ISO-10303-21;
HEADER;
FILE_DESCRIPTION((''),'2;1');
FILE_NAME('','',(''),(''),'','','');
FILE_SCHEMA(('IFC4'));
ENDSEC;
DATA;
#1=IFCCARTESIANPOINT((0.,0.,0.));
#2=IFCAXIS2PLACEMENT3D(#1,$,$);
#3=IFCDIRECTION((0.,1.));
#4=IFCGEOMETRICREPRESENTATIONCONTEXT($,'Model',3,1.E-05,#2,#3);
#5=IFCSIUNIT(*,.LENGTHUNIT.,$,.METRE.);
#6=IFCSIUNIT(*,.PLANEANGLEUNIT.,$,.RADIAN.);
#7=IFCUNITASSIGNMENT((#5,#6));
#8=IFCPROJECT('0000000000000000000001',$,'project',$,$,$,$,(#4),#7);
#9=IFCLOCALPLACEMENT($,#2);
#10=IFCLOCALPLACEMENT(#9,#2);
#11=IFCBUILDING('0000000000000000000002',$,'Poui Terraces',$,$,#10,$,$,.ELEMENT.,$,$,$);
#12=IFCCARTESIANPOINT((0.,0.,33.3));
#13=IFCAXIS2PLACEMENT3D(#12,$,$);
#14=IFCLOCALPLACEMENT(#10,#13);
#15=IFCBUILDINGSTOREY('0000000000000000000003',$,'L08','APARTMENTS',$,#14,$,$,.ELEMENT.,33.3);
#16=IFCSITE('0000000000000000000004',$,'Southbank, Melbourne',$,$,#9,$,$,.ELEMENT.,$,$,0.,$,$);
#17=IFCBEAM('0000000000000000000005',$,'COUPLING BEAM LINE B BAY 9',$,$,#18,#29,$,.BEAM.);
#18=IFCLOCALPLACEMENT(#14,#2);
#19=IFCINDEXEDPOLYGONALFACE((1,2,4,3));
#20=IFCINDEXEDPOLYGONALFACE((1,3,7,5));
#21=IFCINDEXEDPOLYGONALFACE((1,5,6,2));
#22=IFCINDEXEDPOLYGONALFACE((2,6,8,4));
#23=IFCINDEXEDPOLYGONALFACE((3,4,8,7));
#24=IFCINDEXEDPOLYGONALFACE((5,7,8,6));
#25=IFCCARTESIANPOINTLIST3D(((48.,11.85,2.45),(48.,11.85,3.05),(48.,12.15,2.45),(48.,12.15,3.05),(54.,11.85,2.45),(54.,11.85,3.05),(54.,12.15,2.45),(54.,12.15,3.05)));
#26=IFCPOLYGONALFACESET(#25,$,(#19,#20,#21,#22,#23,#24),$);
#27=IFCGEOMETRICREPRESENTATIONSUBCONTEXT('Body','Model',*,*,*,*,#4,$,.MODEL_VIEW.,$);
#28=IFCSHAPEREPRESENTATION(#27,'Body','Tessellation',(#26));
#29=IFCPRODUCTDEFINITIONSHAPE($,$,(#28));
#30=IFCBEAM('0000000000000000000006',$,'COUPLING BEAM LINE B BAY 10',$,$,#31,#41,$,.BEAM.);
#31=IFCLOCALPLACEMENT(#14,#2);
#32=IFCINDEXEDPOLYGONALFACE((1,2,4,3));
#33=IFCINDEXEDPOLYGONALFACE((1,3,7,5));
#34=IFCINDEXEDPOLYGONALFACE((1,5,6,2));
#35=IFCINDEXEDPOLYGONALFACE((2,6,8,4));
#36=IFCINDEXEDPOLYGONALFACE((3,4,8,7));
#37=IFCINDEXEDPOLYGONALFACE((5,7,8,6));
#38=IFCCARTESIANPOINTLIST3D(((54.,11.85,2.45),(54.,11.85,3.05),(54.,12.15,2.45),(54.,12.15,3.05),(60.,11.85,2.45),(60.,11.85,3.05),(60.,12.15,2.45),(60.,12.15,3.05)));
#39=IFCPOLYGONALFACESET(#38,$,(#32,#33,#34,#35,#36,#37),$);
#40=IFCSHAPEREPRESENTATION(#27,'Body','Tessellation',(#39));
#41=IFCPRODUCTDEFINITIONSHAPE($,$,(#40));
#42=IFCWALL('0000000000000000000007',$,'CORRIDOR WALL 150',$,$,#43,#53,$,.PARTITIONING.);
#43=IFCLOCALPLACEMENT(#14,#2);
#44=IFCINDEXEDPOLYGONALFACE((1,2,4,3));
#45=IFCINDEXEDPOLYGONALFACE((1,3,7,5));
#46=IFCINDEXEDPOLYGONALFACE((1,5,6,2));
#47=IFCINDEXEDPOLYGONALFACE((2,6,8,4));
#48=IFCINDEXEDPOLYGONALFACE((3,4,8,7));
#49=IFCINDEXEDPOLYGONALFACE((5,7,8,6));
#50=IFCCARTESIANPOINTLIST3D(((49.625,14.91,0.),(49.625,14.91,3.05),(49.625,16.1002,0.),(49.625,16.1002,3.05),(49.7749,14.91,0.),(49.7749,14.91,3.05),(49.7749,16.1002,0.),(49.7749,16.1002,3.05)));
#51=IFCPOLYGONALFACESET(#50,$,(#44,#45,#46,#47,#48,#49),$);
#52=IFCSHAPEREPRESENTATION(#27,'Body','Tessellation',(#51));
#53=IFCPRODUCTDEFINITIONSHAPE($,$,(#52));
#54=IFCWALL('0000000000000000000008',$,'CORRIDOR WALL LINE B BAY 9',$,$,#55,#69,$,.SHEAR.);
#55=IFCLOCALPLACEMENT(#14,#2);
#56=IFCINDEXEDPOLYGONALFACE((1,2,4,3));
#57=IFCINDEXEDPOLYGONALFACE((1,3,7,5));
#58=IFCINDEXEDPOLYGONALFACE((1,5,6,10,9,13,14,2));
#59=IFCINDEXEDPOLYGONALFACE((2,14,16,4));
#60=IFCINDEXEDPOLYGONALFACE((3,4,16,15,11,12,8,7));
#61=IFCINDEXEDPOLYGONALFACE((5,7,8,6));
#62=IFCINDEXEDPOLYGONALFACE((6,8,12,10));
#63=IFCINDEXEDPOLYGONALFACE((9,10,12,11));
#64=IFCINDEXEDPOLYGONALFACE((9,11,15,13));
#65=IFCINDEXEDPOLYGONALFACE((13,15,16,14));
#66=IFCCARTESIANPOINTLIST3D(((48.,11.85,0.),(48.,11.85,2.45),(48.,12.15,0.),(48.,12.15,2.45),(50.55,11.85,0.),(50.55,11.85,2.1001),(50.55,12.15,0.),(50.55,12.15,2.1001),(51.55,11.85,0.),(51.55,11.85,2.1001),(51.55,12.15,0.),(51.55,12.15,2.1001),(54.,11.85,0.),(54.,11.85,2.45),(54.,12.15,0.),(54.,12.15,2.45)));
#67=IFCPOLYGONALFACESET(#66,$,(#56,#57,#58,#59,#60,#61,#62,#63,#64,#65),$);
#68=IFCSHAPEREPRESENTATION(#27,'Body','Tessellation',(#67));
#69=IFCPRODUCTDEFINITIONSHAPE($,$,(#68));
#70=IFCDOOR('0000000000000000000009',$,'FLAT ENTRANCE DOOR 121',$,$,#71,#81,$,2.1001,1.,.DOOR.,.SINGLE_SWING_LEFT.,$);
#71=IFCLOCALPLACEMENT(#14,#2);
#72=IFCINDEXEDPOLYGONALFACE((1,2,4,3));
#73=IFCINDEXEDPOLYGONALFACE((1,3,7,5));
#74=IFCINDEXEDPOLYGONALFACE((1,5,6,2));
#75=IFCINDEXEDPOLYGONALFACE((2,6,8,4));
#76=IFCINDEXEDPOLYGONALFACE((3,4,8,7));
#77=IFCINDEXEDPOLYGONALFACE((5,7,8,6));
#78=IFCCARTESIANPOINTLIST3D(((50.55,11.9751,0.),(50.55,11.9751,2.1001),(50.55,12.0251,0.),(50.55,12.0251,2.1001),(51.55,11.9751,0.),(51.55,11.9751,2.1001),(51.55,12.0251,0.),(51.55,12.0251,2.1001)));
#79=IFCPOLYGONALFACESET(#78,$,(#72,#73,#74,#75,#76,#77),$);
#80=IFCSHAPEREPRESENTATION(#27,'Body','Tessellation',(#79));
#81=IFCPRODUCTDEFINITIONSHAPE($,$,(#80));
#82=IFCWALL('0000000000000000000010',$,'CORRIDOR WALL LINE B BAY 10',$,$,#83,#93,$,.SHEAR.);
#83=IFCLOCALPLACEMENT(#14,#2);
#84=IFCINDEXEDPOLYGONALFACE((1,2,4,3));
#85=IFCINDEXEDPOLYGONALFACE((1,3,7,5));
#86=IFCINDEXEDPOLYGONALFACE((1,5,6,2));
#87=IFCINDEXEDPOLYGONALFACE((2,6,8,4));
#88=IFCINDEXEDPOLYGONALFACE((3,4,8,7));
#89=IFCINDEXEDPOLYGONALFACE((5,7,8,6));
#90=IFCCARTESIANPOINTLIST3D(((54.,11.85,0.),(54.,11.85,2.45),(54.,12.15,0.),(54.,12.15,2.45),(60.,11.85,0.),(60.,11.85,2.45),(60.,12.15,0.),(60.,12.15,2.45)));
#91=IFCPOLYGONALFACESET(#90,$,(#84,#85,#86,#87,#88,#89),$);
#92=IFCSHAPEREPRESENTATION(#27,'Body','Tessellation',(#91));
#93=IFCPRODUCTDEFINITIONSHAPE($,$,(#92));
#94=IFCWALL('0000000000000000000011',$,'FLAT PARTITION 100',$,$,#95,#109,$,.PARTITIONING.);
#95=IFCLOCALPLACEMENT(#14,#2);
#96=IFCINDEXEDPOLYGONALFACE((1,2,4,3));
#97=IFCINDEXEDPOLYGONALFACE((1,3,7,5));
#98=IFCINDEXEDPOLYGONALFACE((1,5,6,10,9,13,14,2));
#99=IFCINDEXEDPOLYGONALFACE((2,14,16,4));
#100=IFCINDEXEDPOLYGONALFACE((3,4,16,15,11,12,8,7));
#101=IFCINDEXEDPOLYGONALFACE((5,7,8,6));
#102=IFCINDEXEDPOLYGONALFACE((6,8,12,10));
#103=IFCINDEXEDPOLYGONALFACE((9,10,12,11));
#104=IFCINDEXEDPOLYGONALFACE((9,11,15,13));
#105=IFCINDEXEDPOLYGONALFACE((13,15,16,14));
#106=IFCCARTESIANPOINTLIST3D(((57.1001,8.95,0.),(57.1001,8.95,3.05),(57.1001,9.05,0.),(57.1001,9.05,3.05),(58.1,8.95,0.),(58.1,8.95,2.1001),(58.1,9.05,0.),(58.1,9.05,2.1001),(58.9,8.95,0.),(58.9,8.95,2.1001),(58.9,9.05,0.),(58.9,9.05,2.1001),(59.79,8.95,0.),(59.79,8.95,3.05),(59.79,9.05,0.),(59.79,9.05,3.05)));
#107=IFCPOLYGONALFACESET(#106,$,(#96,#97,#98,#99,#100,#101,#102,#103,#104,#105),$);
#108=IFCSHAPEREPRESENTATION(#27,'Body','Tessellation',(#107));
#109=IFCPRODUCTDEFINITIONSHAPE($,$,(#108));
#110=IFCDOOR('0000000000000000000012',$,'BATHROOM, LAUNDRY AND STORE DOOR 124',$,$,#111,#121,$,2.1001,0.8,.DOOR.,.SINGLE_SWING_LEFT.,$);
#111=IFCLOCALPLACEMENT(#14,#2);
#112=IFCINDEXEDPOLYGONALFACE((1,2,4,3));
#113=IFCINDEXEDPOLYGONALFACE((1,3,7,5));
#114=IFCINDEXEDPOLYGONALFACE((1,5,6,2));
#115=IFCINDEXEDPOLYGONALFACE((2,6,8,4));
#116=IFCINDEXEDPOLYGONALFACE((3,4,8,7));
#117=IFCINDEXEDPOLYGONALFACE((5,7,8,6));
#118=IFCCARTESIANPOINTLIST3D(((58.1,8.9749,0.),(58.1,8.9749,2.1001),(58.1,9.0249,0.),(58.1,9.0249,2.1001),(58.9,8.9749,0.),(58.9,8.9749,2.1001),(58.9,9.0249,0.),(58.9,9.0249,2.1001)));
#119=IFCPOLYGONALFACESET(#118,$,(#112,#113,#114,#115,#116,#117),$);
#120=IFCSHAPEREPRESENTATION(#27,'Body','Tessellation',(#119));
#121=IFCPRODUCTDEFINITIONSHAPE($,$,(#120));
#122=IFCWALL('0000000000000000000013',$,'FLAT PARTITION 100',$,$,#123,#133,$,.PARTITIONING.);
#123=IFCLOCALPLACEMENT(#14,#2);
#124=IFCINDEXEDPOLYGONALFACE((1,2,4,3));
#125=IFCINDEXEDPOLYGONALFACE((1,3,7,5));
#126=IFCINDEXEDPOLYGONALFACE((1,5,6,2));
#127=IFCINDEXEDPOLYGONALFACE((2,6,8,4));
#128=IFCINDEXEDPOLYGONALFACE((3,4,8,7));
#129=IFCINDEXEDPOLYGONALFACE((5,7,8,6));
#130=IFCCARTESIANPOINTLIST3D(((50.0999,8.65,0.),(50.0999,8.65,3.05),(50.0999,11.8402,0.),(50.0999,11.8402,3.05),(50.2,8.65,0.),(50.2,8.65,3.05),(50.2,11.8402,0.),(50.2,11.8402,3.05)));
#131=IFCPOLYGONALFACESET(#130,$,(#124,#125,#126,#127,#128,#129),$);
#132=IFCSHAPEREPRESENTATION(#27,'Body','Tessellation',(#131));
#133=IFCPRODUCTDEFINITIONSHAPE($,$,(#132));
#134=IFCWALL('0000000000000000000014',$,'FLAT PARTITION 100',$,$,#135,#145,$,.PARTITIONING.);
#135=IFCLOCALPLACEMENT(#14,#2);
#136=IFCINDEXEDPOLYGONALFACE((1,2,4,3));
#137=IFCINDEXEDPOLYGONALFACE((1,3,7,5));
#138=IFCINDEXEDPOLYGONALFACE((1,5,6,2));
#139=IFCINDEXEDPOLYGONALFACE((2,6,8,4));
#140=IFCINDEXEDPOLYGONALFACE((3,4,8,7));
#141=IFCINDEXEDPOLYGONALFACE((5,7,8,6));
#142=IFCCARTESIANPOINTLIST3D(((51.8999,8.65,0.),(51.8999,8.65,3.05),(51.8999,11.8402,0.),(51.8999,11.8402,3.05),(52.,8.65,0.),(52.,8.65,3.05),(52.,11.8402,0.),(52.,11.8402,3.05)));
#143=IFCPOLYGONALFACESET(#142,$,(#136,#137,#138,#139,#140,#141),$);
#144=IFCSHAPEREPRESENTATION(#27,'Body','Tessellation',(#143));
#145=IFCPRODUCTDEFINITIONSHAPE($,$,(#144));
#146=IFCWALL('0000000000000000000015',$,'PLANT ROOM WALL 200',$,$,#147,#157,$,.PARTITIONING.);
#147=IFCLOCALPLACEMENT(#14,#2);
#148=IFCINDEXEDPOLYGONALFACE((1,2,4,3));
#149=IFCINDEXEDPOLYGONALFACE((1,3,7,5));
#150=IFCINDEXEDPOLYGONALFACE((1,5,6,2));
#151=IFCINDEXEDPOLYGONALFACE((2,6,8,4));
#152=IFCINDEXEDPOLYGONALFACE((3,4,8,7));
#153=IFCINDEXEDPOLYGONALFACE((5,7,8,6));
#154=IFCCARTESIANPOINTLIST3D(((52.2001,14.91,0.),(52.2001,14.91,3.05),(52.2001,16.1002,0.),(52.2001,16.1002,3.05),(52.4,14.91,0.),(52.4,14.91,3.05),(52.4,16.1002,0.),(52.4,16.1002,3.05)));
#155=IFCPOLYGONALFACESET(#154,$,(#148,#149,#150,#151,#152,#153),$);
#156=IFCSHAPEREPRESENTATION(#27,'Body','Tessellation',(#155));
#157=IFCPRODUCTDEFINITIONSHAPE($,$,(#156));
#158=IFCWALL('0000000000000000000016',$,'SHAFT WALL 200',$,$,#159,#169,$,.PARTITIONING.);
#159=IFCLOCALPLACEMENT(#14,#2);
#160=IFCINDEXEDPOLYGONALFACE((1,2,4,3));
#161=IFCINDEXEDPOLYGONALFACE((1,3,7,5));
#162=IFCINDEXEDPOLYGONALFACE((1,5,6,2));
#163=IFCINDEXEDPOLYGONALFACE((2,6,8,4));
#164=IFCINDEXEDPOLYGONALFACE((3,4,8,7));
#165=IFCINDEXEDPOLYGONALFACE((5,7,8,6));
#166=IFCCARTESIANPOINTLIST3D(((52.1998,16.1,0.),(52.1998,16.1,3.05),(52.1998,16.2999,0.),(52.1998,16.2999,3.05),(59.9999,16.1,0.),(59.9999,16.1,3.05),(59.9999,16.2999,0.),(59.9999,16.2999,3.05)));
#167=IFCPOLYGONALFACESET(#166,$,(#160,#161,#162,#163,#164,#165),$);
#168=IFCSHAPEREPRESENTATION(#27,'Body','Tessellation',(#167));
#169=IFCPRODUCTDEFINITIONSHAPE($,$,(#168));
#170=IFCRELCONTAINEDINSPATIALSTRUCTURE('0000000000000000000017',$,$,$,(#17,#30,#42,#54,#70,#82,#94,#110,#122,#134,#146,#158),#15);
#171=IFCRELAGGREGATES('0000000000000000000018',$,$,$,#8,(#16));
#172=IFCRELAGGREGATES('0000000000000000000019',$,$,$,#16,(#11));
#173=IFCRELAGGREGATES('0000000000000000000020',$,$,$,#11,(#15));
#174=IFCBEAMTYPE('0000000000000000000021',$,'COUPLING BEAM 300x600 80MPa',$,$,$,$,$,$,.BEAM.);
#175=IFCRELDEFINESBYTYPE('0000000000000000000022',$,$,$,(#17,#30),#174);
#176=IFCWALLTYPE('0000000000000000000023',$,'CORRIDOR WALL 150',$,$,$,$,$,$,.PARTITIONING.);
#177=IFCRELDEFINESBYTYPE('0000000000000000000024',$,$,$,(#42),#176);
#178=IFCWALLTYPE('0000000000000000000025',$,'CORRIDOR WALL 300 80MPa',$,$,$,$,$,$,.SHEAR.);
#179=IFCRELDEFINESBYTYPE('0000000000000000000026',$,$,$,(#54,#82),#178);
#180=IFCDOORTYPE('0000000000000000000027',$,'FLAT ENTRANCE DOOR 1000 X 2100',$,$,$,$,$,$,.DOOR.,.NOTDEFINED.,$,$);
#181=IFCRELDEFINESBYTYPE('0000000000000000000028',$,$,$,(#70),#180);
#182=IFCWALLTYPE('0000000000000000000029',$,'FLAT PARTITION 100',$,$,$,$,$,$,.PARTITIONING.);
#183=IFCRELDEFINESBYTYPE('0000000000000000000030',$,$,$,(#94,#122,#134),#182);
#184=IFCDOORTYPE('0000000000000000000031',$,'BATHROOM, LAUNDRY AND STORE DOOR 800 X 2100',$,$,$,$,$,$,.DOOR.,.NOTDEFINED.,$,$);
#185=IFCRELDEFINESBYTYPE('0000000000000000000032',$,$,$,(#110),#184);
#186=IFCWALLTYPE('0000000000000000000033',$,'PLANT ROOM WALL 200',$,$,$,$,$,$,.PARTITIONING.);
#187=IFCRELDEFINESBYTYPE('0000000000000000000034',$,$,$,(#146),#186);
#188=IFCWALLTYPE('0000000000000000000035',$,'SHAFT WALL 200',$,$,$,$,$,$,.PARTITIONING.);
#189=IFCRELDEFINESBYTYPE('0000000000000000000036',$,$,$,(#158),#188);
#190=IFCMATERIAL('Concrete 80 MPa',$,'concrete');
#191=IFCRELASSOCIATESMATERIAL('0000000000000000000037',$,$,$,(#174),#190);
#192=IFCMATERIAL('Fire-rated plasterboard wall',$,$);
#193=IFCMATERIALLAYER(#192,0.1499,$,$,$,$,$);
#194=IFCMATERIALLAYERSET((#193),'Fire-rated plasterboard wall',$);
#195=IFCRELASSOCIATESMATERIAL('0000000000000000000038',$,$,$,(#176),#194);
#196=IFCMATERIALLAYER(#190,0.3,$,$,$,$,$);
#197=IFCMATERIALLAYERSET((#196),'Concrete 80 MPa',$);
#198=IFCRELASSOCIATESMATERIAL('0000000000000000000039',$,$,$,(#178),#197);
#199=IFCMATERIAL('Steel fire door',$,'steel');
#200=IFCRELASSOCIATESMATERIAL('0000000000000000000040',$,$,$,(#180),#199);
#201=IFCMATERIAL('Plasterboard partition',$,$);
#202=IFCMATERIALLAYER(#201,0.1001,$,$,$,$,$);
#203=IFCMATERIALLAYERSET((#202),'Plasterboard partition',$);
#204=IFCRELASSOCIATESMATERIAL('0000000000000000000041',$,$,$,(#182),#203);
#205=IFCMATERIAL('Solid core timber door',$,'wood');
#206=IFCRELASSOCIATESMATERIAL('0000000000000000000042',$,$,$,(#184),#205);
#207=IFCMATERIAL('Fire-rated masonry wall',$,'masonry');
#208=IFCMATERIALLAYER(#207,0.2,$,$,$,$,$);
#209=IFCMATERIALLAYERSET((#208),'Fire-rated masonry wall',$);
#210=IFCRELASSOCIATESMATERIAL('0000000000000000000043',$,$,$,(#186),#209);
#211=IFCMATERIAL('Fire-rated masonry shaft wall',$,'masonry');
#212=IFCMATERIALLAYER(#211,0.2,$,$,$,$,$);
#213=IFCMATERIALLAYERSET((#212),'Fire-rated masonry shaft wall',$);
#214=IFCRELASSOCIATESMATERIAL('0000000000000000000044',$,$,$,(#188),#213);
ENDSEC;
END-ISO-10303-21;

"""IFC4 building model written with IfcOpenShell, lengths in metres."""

from ifc_helpers import new_model, si_unit, direction, frame, frame_2d, origin, origin_2d, place, context, subcontext, project, spatial, rectangle, extrude, source, transform, mapped, material, layer, layer_set, material_profile, profile_set, type_object, element, fill, save


model = new_model("IFC4")

# Units and contexts
model_context = context("Model", 3, precision=1e-05, world=origin(), true_north=direction((0.0, 1.0)))
body_context = subcontext(model_context, "Body", "Model", "MODEL_VIEW")
ifc_project = project(units=[si_unit("LENGTHUNIT", "METRE"), si_unit("PLANEANGLEUNIT", "RADIAN")], contexts=[model_context])

# Site, building, storey
site_placement = place(None, origin())
site = spatial("IfcSite", under=ifc_project, at=site_placement, Name="Southbank, Melbourne", CompositionType="ELEMENT", RefElevation=0.0)
building_placement = place(site_placement, origin())
building = spatial("IfcBuilding", under=site, at=building_placement, Name="Poui Terraces", CompositionType="ELEMENT")
storey_placement = place(building_placement, frame((0.0, 0.0, 33.3)))
storey = spatial("IfcBuildingStorey", under=building, at=storey_placement, Name="L08", Description="APARTMENTS", CompositionType="ELEMENT", Elevation=33.3)

# Beams
ifc_material_1 = material(Name="Concrete 80 MPa", Category="concrete")
ifc_material_profile = material_profile(ifc_material_1, rectangle(XDim=0.3, YDim=0.6001, at=origin_2d()), Name="RC 300x600")
ifc_profile_set = profile_set([ifc_material_profile], Name="Concrete 80 MPa")
beam_type = type_object("IfcBeamType", Name="COUPLING BEAM 300x600 80MPa", PredefinedType="BEAM", material=ifc_profile_set)
shared_shape = source(origin(), body_context, "Body", "SweptSolid", [
    extrude(rectangle(XDim=0.3, YDim=0.6001, at=origin_2d()), origin(), (0.0, 0.0, 1.0), 6.0),
])
for number, where, z_axis, x_axis, name in (
    (1, (48.0, 12.0, 2.75), (1.0, 0.0, 0.0), (0.0, 1.0, 0.0), "COUPLING BEAM LINE B BAY 9"),
    (2, (54.0, 12.0, 2.75), (1.0, 0.0, 0.0), (0.0, 1.0, 0.0), "COUPLING BEAM LINE B BAY 10"),
):
    element("IfcBeam", number, at=place(storey_placement, frame(where, z_axis=z_axis, x_axis=x_axis)), inside=storey, type_object=beam_type, Name=name, PredefinedType="BEAM", context=body_context, shape_type="MappedRepresentation", body=[
        mapped(shared_shape, transform((0.0, 0.0, 0.0))),
    ])

# Wall
ifc_material_2 = material(Name="Fire-rated plasterboard wall")
ifc_layer_1 = layer(ifc_material_2, 0.1499)
ifc_layer_set_1 = layer_set([ifc_layer_1], Name="Fire-rated plasterboard wall")
wall_type_1 = type_object("IfcWallType", Name="CORRIDOR WALL 150", PredefinedType="PARTITIONING", material=ifc_layer_set_1)
wall_1_placement = place(storey_placement, frame((49.7, 14.9099, 0.0), z_axis=(0.0, 0.0, 1.0), x_axis=(0.0, 1.0, 0.0)))
element("IfcWall", 3, at=wall_1_placement, inside=storey, type_object=wall_type_1, Name="CORRIDOR WALL 150", PredefinedType="PARTITIONING", context=body_context, shape_type="SweptSolid", body=[
    extrude(rectangle(XDim=1.1902, YDim=0.1499, at=frame_2d((0.5952, 0.0))), origin(), (0.0, 0.0, 1.0), 3.05),
])

# Wall, opening, door
ifc_layer_2 = layer(ifc_material_1, 0.3)
ifc_layer_set_2 = layer_set([ifc_layer_2], Name="Concrete 80 MPa")
wall_type_2 = type_object("IfcWallType", Name="CORRIDOR WALL 300 80MPa", PredefinedType="SHEAR", material=ifc_layer_set_2)
wall_2_placement = place(storey_placement, frame((48.0, 12.0, 0.0), z_axis=(0.0, 0.0, 1.0), x_axis=(1.0, 0.0, 0.0)))
wall_2 = element("IfcWall", 4, at=wall_2_placement, inside=storey, type_object=wall_type_2, Name="CORRIDOR WALL LINE B BAY 9", PredefinedType="SHEAR", context=body_context, shape_type="SweptSolid", body=[
    extrude(rectangle(XDim=6.0, YDim=0.3, at=frame_2d((3.0, 0.0))), origin(), (0.0, 0.0, 1.0), 2.45),
])
opening_1_placement = place(wall_2_placement, frame((2.55, 0.0, 0.0)))
opening_1 = element("IfcOpeningElement", 5, at=opening_1_placement, cuts=wall_2, PredefinedType="OPENING", context=body_context, shape_type="SweptSolid", body=[
    extrude(rectangle(XDim=1.0, YDim=2.1001, at=frame_2d((0.5, 1.05))), frame((0.0, 0.1602, 0.0), z_axis=(0.0, -1.0, 0.0), x_axis=(1.0, 0.0, 0.0)), (0.0, 0.0, 1.0), 0.3201),
])
ifc_material_3 = material(Name="Steel fire door", Category="steel")
door_type_1 = type_object("IfcDoorType", Name="FLAT ENTRANCE DOOR 1000 X 2100", OperationType="NOTDEFINED", PredefinedType="DOOR", material=ifc_material_3)
door_1_placement = place(opening_1_placement, frame((1.0, 0.0, 0.0), z_axis=(0.0, 0.0, 1.0), x_axis=(-1.0, 0.0, 0.0)))
door_1 = element("IfcDoor", 6, at=door_1_placement, inside=storey, type_object=door_type_1, Name="FLAT ENTRANCE DOOR 121", OperationType="SINGLE_SWING_LEFT", OverallHeight=2.1001, OverallWidth=1.0, PredefinedType="DOOR", context=body_context, shape_type="SweptSolid", body=[
    extrude(rectangle(XDim=1.0, YDim=2.1001, at=frame_2d((0.5, 1.05))), frame((0.0, 0.0249, 0.0), z_axis=(0.0, -1.0, 0.0), x_axis=(1.0, 0.0, 0.0)), (0.0, 0.0, 1.0), 0.05),
])
fill(opening_1, door_1)

# Wall
wall_3_placement = place(storey_placement, frame((54.0, 12.0, 0.0), z_axis=(0.0, 0.0, 1.0), x_axis=(1.0, 0.0, 0.0)))
element("IfcWall", 7, at=wall_3_placement, inside=storey, type_object=wall_type_2, Name="CORRIDOR WALL LINE B BAY 10", PredefinedType="SHEAR", context=body_context, shape_type="SweptSolid", body=[
    extrude(rectangle(XDim=6.0, YDim=0.3, at=frame_2d((3.0, 0.0))), origin(), (0.0, 0.0, 1.0), 2.45),
])

# Wall, opening, door
ifc_material_4 = material(Name="Plasterboard partition")
ifc_layer_3 = layer(ifc_material_4, 0.1001)
ifc_layer_set_3 = layer_set([ifc_layer_3], Name="Plasterboard partition")
wall_type_3 = type_object("IfcWallType", Name="FLAT PARTITION 100", PredefinedType="PARTITIONING", material=ifc_layer_set_3)
wall_4_placement = place(storey_placement, frame((57.1001, 9.0, 0.0), z_axis=(0.0, 0.0, 1.0), x_axis=(1.0, 0.0, 0.0)))
wall_4 = element("IfcWall", 8, at=wall_4_placement, inside=storey, type_object=wall_type_3, Name="FLAT PARTITION 100", PredefinedType="PARTITIONING", context=body_context, shape_type="SweptSolid", body=[
    extrude(rectangle(XDim=2.6899, YDim=0.1001, at=frame_2d((1.345, 0.0))), origin(), (0.0, 0.0, 1.0), 3.05),
])
opening_2_placement = place(wall_4_placement, frame((1.0, 0.0, 0.0)))
opening_2 = element("IfcOpeningElement", 9, at=opening_2_placement, cuts=wall_4, PredefinedType="OPENING", context=body_context, shape_type="SweptSolid", body=[
    extrude(rectangle(XDim=0.8, YDim=2.1001, at=frame_2d((0.3999, 1.05))), frame((0.0, 0.0601, 0.0), z_axis=(0.0, -1.0, 0.0), x_axis=(1.0, 0.0, 0.0)), (0.0, 0.0, 1.0), 0.1201),
])
ifc_material_5 = material(Name="Solid core timber door", Category="wood")
door_type_2 = type_object("IfcDoorType", Name="BATHROOM, LAUNDRY AND STORE DOOR 800 X 2100", OperationType="NOTDEFINED", PredefinedType="DOOR", material=ifc_material_5)
door_2_placement = place(opening_2_placement, origin())
door_2 = element("IfcDoor", 10, at=door_2_placement, inside=storey, type_object=door_type_2, Name="BATHROOM, LAUNDRY AND STORE DOOR 124", OperationType="SINGLE_SWING_LEFT", OverallHeight=2.1001, OverallWidth=0.8, PredefinedType="DOOR", context=body_context, shape_type="SweptSolid", body=[
    extrude(rectangle(XDim=0.8, YDim=2.1001, at=frame_2d((0.3999, 1.05))), frame((0.0, 0.0249, 0.0), z_axis=(0.0, -1.0, 0.0), x_axis=(1.0, 0.0, 0.0)), (0.0, 0.0, 1.0), 0.05),
])
fill(opening_2, door_2)

# Walls
for number, where, z_axis, x_axis, name in (
    (11, (50.1499, 8.6499, 0.0), (0.0, 0.0, 1.0), (0.0, 1.0, 0.0), "FLAT PARTITION 100"),
    (12, (51.95, 8.6499, 0.0), (0.0, 0.0, 1.0), (0.0, 1.0, 0.0), "FLAT PARTITION 100"),
):
    element("IfcWall", number, at=place(storey_placement, frame(where, z_axis=z_axis, x_axis=x_axis)), inside=storey, type_object=wall_type_3, Name=name, PredefinedType="PARTITIONING", context=body_context, shape_type="SweptSolid", body=[
        extrude(rectangle(XDim=3.1902, YDim=0.1001, at=frame_2d((1.5952, 0.0))), origin(), (0.0, 0.0, 1.0), 3.05),
    ])
ifc_material_6 = material(Name="Fire-rated masonry wall", Category="masonry")
ifc_layer_4 = layer(ifc_material_6, 0.2)
ifc_layer_set_4 = layer_set([ifc_layer_4], Name="Fire-rated masonry wall")
wall_type_4 = type_object("IfcWallType", Name="PLANT ROOM WALL 200", PredefinedType="PARTITIONING", material=ifc_layer_set_4)
wall_5_placement = place(storey_placement, frame((52.3, 14.9099, 0.0), z_axis=(0.0, 0.0, 1.0), x_axis=(0.0, 1.0, 0.0)))
element("IfcWall", 13, at=wall_5_placement, inside=storey, type_object=wall_type_4, Name="PLANT ROOM WALL 200", PredefinedType="PARTITIONING", context=body_context, shape_type="SweptSolid", body=[
    extrude(rectangle(XDim=1.1902, YDim=0.2, at=frame_2d((0.5952, 0.0))), origin(), (0.0, 0.0, 1.0), 3.05),
])
ifc_material_7 = material(Name="Fire-rated masonry shaft wall", Category="masonry")
ifc_layer_5 = layer(ifc_material_7, 0.2)
ifc_layer_set_5 = layer_set([ifc_layer_5], Name="Fire-rated masonry shaft wall")
wall_type_5 = type_object("IfcWallType", Name="SHAFT WALL 200", PredefinedType="PARTITIONING", material=ifc_layer_set_5)
wall_6_placement = place(storey_placement, frame((52.2, 16.2, 0.0), z_axis=(0.0, 0.0, 1.0), x_axis=(1.0, 0.0, 0.0)))
element("IfcWall", 14, at=wall_6_placement, inside=storey, type_object=wall_type_5, Name="SHAFT WALL 200", PredefinedType="PARTITIONING", context=body_context, shape_type="SweptSolid", body=[
    extrude(rectangle(XDim=7.8, YDim=0.2, at=frame_2d((3.8999, 0.0))), origin(), (0.0, 0.0, 1.0), 3.05),
])

save(model, "model.ifc")
